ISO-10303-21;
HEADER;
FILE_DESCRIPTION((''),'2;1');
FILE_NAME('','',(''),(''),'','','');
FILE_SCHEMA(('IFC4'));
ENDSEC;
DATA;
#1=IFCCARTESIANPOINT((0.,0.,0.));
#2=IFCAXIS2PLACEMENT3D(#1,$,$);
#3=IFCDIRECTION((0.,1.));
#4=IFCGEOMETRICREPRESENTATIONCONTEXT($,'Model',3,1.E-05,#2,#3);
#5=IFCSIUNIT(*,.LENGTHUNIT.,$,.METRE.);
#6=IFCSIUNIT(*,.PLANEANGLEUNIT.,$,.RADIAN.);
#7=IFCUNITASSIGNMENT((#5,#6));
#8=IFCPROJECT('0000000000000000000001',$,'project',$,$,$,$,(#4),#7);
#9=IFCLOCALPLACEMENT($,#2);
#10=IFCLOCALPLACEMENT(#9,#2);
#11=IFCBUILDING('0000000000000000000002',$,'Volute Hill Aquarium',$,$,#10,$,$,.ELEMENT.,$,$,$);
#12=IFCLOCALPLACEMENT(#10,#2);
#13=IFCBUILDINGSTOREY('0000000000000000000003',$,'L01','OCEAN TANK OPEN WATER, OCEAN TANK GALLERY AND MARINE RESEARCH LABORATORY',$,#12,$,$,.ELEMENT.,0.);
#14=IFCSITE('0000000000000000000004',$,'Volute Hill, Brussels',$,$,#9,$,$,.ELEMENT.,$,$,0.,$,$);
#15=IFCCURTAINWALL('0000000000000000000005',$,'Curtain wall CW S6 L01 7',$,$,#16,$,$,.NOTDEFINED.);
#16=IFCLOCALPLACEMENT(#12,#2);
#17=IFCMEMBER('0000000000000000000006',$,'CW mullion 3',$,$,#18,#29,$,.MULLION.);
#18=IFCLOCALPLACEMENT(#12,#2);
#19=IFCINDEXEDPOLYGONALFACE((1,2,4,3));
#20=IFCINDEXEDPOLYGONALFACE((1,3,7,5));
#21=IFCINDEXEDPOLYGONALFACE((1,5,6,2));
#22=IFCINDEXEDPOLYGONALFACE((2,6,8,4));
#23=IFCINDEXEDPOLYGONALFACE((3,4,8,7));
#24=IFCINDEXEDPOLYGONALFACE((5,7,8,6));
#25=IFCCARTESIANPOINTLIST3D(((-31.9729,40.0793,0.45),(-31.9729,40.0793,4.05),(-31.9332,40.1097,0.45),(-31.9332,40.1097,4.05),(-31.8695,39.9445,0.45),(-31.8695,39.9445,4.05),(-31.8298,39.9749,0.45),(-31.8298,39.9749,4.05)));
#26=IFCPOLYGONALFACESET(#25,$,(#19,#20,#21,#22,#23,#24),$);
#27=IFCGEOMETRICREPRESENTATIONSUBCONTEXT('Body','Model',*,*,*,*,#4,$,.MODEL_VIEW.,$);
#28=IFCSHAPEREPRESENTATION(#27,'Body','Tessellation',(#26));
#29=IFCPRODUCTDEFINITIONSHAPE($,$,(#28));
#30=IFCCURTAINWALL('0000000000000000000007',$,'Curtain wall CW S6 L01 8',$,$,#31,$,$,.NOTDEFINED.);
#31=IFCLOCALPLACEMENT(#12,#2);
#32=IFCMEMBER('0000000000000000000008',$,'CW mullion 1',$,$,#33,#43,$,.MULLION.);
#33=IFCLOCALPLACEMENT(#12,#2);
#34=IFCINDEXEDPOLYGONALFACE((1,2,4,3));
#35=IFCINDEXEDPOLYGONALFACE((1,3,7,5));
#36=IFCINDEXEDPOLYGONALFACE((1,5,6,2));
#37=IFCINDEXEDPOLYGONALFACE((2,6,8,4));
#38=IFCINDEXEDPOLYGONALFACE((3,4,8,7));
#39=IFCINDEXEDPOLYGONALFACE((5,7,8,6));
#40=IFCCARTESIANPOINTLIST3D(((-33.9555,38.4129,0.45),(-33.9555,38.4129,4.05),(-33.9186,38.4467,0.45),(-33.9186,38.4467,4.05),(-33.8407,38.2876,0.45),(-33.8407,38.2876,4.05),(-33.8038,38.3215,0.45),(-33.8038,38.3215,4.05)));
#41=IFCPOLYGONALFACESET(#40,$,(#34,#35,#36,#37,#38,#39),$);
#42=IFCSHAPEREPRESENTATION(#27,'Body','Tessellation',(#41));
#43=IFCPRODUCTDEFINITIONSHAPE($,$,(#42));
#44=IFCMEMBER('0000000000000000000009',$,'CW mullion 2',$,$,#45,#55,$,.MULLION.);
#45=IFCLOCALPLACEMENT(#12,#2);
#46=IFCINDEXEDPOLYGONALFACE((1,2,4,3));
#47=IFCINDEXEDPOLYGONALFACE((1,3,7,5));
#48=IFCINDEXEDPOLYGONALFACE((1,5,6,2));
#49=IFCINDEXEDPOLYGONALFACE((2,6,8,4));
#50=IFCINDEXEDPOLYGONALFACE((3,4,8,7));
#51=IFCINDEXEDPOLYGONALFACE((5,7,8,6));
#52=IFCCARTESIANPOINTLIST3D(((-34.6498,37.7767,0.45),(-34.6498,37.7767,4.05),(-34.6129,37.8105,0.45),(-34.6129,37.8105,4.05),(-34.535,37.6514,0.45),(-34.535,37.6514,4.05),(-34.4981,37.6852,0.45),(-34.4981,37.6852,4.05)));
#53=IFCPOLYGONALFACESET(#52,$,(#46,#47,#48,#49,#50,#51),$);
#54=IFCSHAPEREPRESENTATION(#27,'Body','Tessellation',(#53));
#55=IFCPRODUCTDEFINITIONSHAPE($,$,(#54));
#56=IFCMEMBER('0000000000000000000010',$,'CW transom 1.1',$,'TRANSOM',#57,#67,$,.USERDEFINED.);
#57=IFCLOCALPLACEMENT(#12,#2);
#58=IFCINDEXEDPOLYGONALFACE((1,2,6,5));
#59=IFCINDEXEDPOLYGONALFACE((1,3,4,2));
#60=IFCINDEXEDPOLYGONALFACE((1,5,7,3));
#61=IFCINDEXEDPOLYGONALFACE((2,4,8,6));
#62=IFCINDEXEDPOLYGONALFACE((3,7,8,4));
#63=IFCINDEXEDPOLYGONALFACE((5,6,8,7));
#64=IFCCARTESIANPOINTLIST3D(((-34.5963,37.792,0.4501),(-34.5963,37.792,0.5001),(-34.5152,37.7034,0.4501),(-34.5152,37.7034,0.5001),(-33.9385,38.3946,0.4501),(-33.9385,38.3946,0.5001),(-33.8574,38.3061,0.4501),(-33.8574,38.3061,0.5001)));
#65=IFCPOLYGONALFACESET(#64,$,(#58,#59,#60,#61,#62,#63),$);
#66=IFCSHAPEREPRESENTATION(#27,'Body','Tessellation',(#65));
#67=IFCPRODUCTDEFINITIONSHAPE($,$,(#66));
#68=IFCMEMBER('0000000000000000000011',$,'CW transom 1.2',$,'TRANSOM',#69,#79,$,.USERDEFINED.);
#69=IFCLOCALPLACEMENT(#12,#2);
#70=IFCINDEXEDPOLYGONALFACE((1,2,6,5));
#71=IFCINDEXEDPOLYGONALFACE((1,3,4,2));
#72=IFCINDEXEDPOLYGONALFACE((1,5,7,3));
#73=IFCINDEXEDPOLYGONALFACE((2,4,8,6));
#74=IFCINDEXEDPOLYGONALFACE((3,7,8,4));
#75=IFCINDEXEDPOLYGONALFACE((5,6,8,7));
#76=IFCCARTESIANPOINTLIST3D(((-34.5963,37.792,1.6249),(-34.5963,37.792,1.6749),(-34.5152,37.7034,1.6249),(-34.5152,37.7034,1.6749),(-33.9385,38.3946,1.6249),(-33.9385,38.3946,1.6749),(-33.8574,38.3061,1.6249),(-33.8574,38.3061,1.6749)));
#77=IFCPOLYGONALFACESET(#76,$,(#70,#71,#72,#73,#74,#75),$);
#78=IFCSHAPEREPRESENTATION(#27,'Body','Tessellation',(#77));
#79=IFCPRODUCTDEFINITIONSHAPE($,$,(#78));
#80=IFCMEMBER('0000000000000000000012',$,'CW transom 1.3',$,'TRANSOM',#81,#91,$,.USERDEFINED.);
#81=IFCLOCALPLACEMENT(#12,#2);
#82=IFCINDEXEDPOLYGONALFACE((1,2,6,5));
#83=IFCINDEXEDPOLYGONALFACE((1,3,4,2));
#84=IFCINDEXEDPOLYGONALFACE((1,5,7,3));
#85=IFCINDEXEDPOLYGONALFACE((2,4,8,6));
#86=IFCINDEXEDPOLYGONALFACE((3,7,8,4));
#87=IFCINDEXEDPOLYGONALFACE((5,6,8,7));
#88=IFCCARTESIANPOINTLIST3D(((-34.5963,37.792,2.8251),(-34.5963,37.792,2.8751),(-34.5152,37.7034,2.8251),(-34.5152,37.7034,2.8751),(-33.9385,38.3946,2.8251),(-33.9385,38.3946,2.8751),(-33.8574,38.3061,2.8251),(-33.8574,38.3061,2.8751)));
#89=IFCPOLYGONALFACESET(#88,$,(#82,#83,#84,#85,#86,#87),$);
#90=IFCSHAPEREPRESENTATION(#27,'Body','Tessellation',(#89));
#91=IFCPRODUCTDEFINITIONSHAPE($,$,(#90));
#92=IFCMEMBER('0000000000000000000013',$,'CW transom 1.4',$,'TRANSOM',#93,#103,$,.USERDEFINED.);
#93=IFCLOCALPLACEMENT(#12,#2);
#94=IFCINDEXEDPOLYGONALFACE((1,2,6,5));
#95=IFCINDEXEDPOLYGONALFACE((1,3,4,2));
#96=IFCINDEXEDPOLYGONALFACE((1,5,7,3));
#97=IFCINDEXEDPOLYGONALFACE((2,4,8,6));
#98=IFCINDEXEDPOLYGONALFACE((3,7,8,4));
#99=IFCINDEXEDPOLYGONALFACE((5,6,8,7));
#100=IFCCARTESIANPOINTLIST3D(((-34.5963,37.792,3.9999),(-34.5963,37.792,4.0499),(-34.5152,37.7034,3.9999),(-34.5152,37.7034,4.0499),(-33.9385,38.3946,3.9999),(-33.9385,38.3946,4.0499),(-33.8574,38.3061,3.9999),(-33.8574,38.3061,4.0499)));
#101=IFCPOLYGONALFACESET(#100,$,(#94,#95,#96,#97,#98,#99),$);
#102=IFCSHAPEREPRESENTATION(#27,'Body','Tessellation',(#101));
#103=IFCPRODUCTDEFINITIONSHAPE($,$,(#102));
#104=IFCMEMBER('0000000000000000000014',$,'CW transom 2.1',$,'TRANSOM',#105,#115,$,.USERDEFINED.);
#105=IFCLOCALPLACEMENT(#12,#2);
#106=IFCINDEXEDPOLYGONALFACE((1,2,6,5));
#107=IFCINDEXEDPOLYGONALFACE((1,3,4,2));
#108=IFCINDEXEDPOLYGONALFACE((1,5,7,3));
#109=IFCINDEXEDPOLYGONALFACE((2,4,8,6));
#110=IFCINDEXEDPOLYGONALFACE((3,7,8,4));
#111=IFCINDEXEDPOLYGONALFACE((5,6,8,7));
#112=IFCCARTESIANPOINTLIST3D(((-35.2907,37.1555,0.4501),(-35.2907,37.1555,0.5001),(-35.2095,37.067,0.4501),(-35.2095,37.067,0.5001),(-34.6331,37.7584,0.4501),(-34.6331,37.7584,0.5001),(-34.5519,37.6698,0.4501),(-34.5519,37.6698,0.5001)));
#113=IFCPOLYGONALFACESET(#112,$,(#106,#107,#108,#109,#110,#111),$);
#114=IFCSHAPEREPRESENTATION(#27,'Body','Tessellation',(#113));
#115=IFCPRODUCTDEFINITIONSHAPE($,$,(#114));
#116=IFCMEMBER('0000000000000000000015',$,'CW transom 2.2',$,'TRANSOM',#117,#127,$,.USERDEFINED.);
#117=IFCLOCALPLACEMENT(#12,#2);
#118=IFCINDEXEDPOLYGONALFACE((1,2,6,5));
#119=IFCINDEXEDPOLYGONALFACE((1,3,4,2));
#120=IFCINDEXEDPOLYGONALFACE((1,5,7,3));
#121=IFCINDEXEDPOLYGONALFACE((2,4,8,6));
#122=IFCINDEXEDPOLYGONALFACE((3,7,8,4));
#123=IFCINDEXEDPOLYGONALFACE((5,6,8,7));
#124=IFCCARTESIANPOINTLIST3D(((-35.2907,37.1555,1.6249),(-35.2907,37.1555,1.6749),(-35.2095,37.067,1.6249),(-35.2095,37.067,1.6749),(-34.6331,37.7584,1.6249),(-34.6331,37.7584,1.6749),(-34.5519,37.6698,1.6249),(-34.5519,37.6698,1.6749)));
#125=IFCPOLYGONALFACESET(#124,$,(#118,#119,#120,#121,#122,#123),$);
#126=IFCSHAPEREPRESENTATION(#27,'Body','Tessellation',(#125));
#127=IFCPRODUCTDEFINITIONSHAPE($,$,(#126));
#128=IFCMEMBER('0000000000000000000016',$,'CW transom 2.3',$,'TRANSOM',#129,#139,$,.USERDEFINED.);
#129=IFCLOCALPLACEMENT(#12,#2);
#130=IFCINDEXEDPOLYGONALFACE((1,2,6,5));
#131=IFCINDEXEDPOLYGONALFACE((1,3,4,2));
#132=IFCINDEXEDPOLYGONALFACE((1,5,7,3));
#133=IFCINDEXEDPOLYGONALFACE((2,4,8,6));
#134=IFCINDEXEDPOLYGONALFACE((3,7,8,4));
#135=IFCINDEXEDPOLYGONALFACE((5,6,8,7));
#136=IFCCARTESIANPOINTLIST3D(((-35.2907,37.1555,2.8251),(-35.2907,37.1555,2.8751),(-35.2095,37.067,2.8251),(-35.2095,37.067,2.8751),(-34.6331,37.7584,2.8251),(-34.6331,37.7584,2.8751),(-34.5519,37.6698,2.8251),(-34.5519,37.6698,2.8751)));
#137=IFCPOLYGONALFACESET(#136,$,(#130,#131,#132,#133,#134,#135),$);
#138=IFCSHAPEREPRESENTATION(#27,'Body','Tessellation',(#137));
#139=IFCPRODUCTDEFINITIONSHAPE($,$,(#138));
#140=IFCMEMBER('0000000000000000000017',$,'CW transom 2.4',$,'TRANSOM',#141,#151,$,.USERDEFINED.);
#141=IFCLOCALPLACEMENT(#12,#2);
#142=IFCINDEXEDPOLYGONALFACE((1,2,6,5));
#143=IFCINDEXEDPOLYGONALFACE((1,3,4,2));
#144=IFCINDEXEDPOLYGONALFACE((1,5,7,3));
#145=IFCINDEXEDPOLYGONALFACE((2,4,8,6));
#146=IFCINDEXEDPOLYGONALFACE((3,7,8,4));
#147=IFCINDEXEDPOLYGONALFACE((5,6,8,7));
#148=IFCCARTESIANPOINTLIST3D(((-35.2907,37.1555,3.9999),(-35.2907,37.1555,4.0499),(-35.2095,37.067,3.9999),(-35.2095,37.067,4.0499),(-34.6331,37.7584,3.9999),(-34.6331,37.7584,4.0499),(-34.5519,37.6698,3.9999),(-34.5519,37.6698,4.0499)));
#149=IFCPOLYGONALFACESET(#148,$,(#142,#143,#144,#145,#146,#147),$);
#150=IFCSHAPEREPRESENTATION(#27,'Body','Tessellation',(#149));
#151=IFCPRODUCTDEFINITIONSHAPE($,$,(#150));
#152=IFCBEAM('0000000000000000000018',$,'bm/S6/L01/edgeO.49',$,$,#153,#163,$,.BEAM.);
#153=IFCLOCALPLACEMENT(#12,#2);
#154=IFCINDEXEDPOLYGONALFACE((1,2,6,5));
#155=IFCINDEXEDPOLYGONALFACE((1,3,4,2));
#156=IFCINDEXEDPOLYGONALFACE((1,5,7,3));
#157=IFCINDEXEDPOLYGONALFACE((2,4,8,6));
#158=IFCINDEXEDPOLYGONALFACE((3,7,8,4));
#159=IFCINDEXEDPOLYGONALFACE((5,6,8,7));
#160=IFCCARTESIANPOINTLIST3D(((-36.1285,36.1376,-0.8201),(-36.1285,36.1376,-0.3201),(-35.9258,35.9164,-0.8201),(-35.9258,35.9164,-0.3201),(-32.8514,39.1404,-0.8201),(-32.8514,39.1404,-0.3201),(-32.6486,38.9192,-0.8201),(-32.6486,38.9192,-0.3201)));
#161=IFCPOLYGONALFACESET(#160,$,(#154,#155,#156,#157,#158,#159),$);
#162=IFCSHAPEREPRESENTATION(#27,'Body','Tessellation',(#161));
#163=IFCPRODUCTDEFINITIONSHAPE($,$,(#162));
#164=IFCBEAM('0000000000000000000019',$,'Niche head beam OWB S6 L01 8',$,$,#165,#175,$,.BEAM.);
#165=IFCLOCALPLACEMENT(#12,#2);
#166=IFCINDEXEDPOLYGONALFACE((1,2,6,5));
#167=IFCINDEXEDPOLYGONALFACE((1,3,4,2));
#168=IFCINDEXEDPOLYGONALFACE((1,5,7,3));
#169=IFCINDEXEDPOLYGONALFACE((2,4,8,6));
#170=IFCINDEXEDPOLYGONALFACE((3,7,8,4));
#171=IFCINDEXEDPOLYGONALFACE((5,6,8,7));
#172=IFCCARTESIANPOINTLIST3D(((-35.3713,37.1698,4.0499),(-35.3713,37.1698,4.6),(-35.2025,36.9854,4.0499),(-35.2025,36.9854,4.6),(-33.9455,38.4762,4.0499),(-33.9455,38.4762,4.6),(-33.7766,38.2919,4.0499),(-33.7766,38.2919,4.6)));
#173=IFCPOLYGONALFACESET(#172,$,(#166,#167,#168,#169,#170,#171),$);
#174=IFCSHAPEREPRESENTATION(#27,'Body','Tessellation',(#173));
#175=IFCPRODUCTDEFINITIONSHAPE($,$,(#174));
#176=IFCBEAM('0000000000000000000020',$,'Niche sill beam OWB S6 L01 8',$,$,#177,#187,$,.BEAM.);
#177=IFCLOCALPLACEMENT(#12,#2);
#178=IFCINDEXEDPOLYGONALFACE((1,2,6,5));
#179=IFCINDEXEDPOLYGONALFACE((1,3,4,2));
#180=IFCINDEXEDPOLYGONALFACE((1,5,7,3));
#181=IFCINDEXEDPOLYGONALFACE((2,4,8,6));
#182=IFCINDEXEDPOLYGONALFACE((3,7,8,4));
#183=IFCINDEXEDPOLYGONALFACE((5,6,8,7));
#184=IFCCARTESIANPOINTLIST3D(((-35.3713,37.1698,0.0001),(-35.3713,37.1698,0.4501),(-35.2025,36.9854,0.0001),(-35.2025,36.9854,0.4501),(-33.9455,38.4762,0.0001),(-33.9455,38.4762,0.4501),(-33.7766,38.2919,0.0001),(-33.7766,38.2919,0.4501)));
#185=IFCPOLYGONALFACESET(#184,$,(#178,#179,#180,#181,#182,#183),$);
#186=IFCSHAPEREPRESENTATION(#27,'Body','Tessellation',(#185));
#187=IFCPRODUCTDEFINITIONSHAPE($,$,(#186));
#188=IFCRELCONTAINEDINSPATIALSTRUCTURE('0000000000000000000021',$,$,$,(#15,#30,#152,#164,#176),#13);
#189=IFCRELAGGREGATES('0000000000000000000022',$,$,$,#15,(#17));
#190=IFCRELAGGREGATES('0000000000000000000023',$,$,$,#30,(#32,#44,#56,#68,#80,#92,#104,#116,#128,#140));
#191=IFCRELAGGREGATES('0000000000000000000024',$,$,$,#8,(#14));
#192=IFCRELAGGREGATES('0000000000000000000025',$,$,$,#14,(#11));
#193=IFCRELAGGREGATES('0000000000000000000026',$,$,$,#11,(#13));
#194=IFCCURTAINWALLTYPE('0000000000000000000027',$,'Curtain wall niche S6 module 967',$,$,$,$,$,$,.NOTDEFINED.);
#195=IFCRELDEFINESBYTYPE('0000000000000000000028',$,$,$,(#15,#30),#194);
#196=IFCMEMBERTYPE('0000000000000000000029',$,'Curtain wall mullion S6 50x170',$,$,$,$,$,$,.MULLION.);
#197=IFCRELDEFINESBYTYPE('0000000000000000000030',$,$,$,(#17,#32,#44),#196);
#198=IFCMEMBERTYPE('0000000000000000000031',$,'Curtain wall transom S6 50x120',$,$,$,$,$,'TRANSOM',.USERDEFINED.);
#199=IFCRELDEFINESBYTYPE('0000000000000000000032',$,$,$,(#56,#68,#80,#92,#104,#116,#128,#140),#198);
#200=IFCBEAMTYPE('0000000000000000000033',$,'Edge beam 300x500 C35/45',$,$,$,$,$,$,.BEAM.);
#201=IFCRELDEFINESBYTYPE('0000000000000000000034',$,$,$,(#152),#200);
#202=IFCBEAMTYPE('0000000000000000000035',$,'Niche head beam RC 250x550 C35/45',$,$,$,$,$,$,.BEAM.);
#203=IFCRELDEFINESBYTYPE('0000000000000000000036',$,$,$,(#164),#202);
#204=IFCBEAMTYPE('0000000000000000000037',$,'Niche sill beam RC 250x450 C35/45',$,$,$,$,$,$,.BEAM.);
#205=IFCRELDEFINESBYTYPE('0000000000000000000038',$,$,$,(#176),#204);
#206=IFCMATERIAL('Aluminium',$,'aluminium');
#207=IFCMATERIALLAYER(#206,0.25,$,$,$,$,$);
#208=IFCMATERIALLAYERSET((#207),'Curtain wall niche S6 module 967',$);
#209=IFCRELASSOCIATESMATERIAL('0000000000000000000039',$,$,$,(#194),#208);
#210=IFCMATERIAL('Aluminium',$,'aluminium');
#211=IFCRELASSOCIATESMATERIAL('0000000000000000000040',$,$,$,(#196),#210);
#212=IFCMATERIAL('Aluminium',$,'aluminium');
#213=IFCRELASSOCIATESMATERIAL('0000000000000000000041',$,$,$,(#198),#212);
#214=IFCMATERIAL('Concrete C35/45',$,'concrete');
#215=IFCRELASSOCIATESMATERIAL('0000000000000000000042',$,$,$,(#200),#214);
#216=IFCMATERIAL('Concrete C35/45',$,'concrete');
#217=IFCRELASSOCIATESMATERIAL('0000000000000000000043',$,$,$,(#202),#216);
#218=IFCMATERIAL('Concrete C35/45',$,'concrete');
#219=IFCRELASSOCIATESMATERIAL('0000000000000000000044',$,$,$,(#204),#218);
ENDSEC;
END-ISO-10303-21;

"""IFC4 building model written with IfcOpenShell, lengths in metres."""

from ifc_helpers import new_model, si_unit, direction, frame, origin, origin_2d, place, context, subcontext, project, spatial, rectangle, extrude, material, layer, layer_set, material_profile, profile_set, type_object, element, aggregate, save


model = new_model("IFC4")

# Units and contexts
model_context = context("Model", 3, precision=1e-05, world=origin(), true_north=direction((0.0, 1.0)))
body_context = subcontext(model_context, "Body", "Model", "MODEL_VIEW")
ifc_project = project(units=[si_unit("LENGTHUNIT", "METRE"), si_unit("PLANEANGLEUNIT", "RADIAN")], contexts=[model_context])

# Site, building, storey
site_placement = place(None, origin())
site = spatial("IfcSite", under=ifc_project, at=site_placement, Name="Volute Hill, Brussels", CompositionType="ELEMENT", RefElevation=0.0)
building_placement = place(site_placement, origin())
building = spatial("IfcBuilding", under=site, at=building_placement, Name="Volute Hill Aquarium", CompositionType="ELEMENT")
storey_placement = place(building_placement, origin())
storey = spatial("IfcBuildingStorey", under=building, at=storey_placement, Name="L01", Description="OCEAN TANK OPEN WATER, OCEAN TANK GALLERY AND MARINE RESEARCH LABORATORY", CompositionType="ELEMENT", Elevation=0.0)

# Curtain wall, member
ifc_material_1 = material(Name="Aluminium", Category="aluminium")
ifc_layer_1 = layer(ifc_material_1, 0.25)
ifc_layer_set_1 = layer_set([ifc_layer_1], Name="Curtain wall niche S6 module 967")
curtain_wall_type = type_object("IfcCurtainWallType", Name="Curtain wall niche S6 module 967", PredefinedType="NOTDEFINED", material=ifc_layer_set_1)
curtain_wall_1_placement = place(storey_placement, origin())
curtain_wall_1 = element("IfcCurtainWall", 1, at=curtain_wall_1_placement, inside=storey, type_object=curtain_wall_type, Name="Curtain wall CW S6 L01 7", PredefinedType="NOTDEFINED")
ifc_material_2 = material(Name="Aluminium", Category="aluminium")
ifc_material_profile_1 = material_profile(ifc_material_2, rectangle(XDim=0.1699, YDim=0.05, at=origin_2d()), Name="Curtain wall mullion S6 50x170")
ifc_profile_set_1 = profile_set([ifc_material_profile_1], Name="Aluminium")
member_type_1 = type_object("IfcMemberType", Name="Curtain wall mullion S6 50x170", PredefinedType="MULLION", material=ifc_profile_set_1)
member_1_placement = place(storey_placement, frame((-31.9014, 40.0271, 0.45), z_axis=(0.0, 0.0, 1.0), x_axis=(0.608769, -0.793348, 0.0)))
member_1 = element("IfcMember", 2, at=member_1_placement, type_object=member_type_1, Name="CW mullion 3", PredefinedType="MULLION", context=body_context, shape_type="SweptSolid", body=[
    extrude(rectangle(XDim=0.1699, YDim=0.05, at=origin_2d()), origin(), (0.0, 0.0, 1.0), 3.6001),
])
aggregate(curtain_wall_1, [member_1])

# Curtain wall, members
curtain_wall_2_placement = place(storey_placement, origin())
curtain_wall_2 = element("IfcCurtainWall", 3, at=curtain_wall_2_placement, inside=storey, type_object=curtain_wall_type, Name="Curtain wall CW S6 L01 8", PredefinedType="NOTDEFINED")
member_2_placement = place(storey_placement, frame((-33.8796, 38.3672, 0.45), z_axis=(0.0, 0.0, 1.0), x_axis=(0.675582, -0.737285, 0.0)))
member_2 = element("IfcMember", 4, at=member_2_placement, type_object=member_type_1, Name="CW mullion 1", PredefinedType="MULLION", context=body_context, shape_type="SweptSolid", body=[
    extrude(rectangle(XDim=0.1699, YDim=0.05, at=origin_2d()), origin(), (0.0, 0.0, 1.0), 3.6001),
])
member_3_placement = place(storey_placement, frame((-34.574, 37.731, 0.45), z_axis=(0.0, 0.0, 1.0), x_axis=(0.675582, -0.737285, 0.0)))
member_3 = element("IfcMember", 5, at=member_3_placement, type_object=member_type_1, Name="CW mullion 2", PredefinedType="MULLION", context=body_context, shape_type="SweptSolid", body=[
    extrude(rectangle(XDim=0.1699, YDim=0.05, at=origin_2d()), origin(), (0.0, 0.0, 1.0), 3.6001),
])
ifc_material_3 = material(Name="Aluminium", Category="aluminium")
ifc_material_profile_2 = material_profile(ifc_material_3, rectangle(XDim=0.1201, YDim=0.05, at=origin_2d()), Name="Curtain wall transom S6 50x120")
ifc_profile_set_2 = profile_set([ifc_material_profile_2], Name="Aluminium")
member_type_2 = type_object("IfcMemberType", Name="Curtain wall transom S6 50x120", ElementType="TRANSOM", PredefinedType="USERDEFINED", material=ifc_profile_set_2)
member_4_placement = place(storey_placement, frame((-33.8979, 38.3503, 0.4751), z_axis=(-0.737359, -0.675502, 0.0), x_axis=(0.675502, -0.737359, 0.0)))
member_4 = element("IfcMember", 6, at=member_4_placement, type_object=member_type_2, Name="CW transom 1.1", ObjectType="TRANSOM", PredefinedType="USERDEFINED", context=body_context, shape_type="SweptSolid", body=[
    extrude(rectangle(XDim=0.1201, YDim=0.05, at=origin_2d()), origin(), (0.0, 0.0, 1.0), 0.8921),
])
member_5_placement = place(storey_placement, frame((-33.8979, 38.3503, 1.6499), z_axis=(-0.737359, -0.675502, 0.0), x_axis=(0.675502, -0.737359, 0.0)))
member_5 = element("IfcMember", 7, at=member_5_placement, type_object=member_type_2, Name="CW transom 1.2", ObjectType="TRANSOM", PredefinedType="USERDEFINED", context=body_context, shape_type="SweptSolid", body=[
    extrude(rectangle(XDim=0.1201, YDim=0.05, at=origin_2d()), origin(), (0.0, 0.0, 1.0), 0.8921),
])
member_6_placement = place(storey_placement, frame((-33.8979, 38.3503, 2.8501), z_axis=(-0.737359, -0.675502, 0.0), x_axis=(0.675502, -0.737359, 0.0)))
member_6 = element("IfcMember", 8, at=member_6_placement, type_object=member_type_2, Name="CW transom 1.3", ObjectType="TRANSOM", PredefinedType="USERDEFINED", context=body_context, shape_type="SweptSolid", body=[
    extrude(rectangle(XDim=0.1201, YDim=0.05, at=origin_2d()), origin(), (0.0, 0.0, 1.0), 0.8921),
])
member_7_placement = place(storey_placement, frame((-33.8979, 38.3503, 4.0249), z_axis=(-0.737359, -0.675502, 0.0), x_axis=(0.675502, -0.737359, 0.0)))
member_7 = element("IfcMember", 9, at=member_7_placement, type_object=member_type_2, Name="CW transom 1.4", ObjectType="TRANSOM", PredefinedType="USERDEFINED", context=body_context, shape_type="SweptSolid", body=[
    extrude(rectangle(XDim=0.1201, YDim=0.05, at=origin_2d()), origin(), (0.0, 0.0, 1.0), 0.8921),
])
member_8_placement = place(storey_placement, frame((-34.5925, 37.7141, 0.4751), z_axis=(-0.737097, -0.675787, 0.0), x_axis=(0.675787, -0.737097, 0.0)))
member_8 = element("IfcMember", 10, at=member_8_placement, type_object=member_type_2, Name="CW transom 2.1", ObjectType="TRANSOM", PredefinedType="USERDEFINED", context=body_context, shape_type="SweptSolid", body=[
    extrude(rectangle(XDim=0.1201, YDim=0.05, at=origin_2d()), origin(), (0.0, 0.0, 1.0), 0.8921),
])
member_9_placement = place(storey_placement, frame((-34.5925, 37.7141, 1.6499), z_axis=(-0.737097, -0.675787, 0.0), x_axis=(0.675787, -0.737097, 0.0)))
member_9 = element("IfcMember", 11, at=member_9_placement, type_object=member_type_2, Name="CW transom 2.2", ObjectType="TRANSOM", PredefinedType="USERDEFINED", context=body_context, shape_type="SweptSolid", body=[
    extrude(rectangle(XDim=0.1201, YDim=0.05, at=origin_2d()), origin(), (0.0, 0.0, 1.0), 0.8921),
])
member_10_placement = place(storey_placement, frame((-34.5925, 37.7141, 2.8501), z_axis=(-0.737097, -0.675787, 0.0), x_axis=(0.675787, -0.737097, 0.0)))
member_10 = element("IfcMember", 12, at=member_10_placement, type_object=member_type_2, Name="CW transom 2.3", ObjectType="TRANSOM", PredefinedType="USERDEFINED", context=body_context, shape_type="SweptSolid", body=[
    extrude(rectangle(XDim=0.1201, YDim=0.05, at=origin_2d()), origin(), (0.0, 0.0, 1.0), 0.8921),
])
member_11_placement = place(storey_placement, frame((-34.5925, 37.7141, 4.0249), z_axis=(-0.737097, -0.675787, 0.0), x_axis=(0.675787, -0.737097, 0.0)))
member_11 = element("IfcMember", 13, at=member_11_placement, type_object=member_type_2, Name="CW transom 2.4", ObjectType="TRANSOM", PredefinedType="USERDEFINED", context=body_context, shape_type="SweptSolid", body=[
    extrude(rectangle(XDim=0.1201, YDim=0.05, at=origin_2d()), origin(), (0.0, 0.0, 1.0), 0.8921),
])

# Beams
ifc_material_4 = material(Name="Concrete C35/45", Category="concrete")
ifc_material_profile_3 = material_profile(ifc_material_4, rectangle(XDim=0.3, YDim=0.5, at=origin_2d()), Name="RC edge beam 300x500")
ifc_profile_set_3 = profile_set([ifc_material_profile_3], Name="Concrete C35/45")
beam_type_1 = type_object("IfcBeamType", Name="Edge beam 300x500 C35/45", PredefinedType="BEAM", material=ifc_profile_set_3)
beam_1_placement = place(storey_placement, frame((-32.75, 39.0298, -0.5701), z_axis=(-0.737302, -0.675563, 0.0), x_axis=(0.675563, -0.737302, 0.0)))
element("IfcBeam", 14, at=beam_1_placement, inside=storey, type_object=beam_type_1, Name="bm/S6/L01/edgeO.49", PredefinedType="BEAM", context=body_context, shape_type="SweptSolid", body=[
    extrude(rectangle(XDim=0.3, YDim=0.5, at=origin_2d()), origin(), (0.0, 0.0, 1.0), 4.4448),
])
ifc_material_5 = material(Name="Concrete C35/45", Category="concrete")
ifc_material_profile_4 = material_profile(ifc_material_5, rectangle(XDim=0.25, YDim=0.55, at=origin_2d()), Name="RC beam 250x550")
ifc_profile_set_4 = profile_set([ifc_material_profile_4], Name="Concrete C35/45")
beam_type_2 = type_object("IfcBeamType", Name="Niche head beam RC 250x550 C35/45", PredefinedType="BEAM", material=ifc_profile_set_4)
beam_2_placement = place(storey_placement, frame((-33.8611, 38.384, 4.325), z_axis=(-0.737301, -0.675565, 0.0), x_axis=(0.675565, -0.737301, 0.0)))
element("IfcBeam", 15, at=beam_2_placement, inside=storey, type_object=beam_type_2, Name="Niche head beam OWB S6 L01 8", PredefinedType="BEAM", context=body_context, shape_type="SweptSolid", body=[
    extrude(rectangle(XDim=0.25, YDim=0.55, at=origin_2d()), origin(), (0.0, 0.0, 1.0), 1.9338),
])
ifc_material_6 = material(Name="Concrete C35/45", Category="concrete")
ifc_material_profile_5 = material_profile(ifc_material_6, rectangle(XDim=0.25, YDim=0.45, at=origin_2d()), Name="RC beam 250x450")
ifc_profile_set_5 = profile_set([ifc_material_profile_5], Name="Concrete C35/45")
beam_type_3 = type_object("IfcBeamType", Name="Niche sill beam RC 250x450 C35/45", PredefinedType="BEAM", material=ifc_profile_set_5)
beam_3_placement = place(storey_placement, frame((-33.8611, 38.384, 0.2251), z_axis=(-0.737301, -0.675565, 0.0), x_axis=(0.675565, -0.737301, 0.0)))
element("IfcBeam", 16, at=beam_3_placement, inside=storey, type_object=beam_type_3, Name="Niche sill beam OWB S6 L01 8", PredefinedType="BEAM", context=body_context, shape_type="SweptSolid", body=[
    extrude(rectangle(XDim=0.25, YDim=0.45, at=origin_2d()), origin(), (0.0, 0.0, 1.0), 1.9338),
])

aggregate(curtain_wall_2, [member_2, member_3, member_4, member_5, member_6, member_7, member_8, member_9, member_10, member_11])

save(model, "model.ifc")
